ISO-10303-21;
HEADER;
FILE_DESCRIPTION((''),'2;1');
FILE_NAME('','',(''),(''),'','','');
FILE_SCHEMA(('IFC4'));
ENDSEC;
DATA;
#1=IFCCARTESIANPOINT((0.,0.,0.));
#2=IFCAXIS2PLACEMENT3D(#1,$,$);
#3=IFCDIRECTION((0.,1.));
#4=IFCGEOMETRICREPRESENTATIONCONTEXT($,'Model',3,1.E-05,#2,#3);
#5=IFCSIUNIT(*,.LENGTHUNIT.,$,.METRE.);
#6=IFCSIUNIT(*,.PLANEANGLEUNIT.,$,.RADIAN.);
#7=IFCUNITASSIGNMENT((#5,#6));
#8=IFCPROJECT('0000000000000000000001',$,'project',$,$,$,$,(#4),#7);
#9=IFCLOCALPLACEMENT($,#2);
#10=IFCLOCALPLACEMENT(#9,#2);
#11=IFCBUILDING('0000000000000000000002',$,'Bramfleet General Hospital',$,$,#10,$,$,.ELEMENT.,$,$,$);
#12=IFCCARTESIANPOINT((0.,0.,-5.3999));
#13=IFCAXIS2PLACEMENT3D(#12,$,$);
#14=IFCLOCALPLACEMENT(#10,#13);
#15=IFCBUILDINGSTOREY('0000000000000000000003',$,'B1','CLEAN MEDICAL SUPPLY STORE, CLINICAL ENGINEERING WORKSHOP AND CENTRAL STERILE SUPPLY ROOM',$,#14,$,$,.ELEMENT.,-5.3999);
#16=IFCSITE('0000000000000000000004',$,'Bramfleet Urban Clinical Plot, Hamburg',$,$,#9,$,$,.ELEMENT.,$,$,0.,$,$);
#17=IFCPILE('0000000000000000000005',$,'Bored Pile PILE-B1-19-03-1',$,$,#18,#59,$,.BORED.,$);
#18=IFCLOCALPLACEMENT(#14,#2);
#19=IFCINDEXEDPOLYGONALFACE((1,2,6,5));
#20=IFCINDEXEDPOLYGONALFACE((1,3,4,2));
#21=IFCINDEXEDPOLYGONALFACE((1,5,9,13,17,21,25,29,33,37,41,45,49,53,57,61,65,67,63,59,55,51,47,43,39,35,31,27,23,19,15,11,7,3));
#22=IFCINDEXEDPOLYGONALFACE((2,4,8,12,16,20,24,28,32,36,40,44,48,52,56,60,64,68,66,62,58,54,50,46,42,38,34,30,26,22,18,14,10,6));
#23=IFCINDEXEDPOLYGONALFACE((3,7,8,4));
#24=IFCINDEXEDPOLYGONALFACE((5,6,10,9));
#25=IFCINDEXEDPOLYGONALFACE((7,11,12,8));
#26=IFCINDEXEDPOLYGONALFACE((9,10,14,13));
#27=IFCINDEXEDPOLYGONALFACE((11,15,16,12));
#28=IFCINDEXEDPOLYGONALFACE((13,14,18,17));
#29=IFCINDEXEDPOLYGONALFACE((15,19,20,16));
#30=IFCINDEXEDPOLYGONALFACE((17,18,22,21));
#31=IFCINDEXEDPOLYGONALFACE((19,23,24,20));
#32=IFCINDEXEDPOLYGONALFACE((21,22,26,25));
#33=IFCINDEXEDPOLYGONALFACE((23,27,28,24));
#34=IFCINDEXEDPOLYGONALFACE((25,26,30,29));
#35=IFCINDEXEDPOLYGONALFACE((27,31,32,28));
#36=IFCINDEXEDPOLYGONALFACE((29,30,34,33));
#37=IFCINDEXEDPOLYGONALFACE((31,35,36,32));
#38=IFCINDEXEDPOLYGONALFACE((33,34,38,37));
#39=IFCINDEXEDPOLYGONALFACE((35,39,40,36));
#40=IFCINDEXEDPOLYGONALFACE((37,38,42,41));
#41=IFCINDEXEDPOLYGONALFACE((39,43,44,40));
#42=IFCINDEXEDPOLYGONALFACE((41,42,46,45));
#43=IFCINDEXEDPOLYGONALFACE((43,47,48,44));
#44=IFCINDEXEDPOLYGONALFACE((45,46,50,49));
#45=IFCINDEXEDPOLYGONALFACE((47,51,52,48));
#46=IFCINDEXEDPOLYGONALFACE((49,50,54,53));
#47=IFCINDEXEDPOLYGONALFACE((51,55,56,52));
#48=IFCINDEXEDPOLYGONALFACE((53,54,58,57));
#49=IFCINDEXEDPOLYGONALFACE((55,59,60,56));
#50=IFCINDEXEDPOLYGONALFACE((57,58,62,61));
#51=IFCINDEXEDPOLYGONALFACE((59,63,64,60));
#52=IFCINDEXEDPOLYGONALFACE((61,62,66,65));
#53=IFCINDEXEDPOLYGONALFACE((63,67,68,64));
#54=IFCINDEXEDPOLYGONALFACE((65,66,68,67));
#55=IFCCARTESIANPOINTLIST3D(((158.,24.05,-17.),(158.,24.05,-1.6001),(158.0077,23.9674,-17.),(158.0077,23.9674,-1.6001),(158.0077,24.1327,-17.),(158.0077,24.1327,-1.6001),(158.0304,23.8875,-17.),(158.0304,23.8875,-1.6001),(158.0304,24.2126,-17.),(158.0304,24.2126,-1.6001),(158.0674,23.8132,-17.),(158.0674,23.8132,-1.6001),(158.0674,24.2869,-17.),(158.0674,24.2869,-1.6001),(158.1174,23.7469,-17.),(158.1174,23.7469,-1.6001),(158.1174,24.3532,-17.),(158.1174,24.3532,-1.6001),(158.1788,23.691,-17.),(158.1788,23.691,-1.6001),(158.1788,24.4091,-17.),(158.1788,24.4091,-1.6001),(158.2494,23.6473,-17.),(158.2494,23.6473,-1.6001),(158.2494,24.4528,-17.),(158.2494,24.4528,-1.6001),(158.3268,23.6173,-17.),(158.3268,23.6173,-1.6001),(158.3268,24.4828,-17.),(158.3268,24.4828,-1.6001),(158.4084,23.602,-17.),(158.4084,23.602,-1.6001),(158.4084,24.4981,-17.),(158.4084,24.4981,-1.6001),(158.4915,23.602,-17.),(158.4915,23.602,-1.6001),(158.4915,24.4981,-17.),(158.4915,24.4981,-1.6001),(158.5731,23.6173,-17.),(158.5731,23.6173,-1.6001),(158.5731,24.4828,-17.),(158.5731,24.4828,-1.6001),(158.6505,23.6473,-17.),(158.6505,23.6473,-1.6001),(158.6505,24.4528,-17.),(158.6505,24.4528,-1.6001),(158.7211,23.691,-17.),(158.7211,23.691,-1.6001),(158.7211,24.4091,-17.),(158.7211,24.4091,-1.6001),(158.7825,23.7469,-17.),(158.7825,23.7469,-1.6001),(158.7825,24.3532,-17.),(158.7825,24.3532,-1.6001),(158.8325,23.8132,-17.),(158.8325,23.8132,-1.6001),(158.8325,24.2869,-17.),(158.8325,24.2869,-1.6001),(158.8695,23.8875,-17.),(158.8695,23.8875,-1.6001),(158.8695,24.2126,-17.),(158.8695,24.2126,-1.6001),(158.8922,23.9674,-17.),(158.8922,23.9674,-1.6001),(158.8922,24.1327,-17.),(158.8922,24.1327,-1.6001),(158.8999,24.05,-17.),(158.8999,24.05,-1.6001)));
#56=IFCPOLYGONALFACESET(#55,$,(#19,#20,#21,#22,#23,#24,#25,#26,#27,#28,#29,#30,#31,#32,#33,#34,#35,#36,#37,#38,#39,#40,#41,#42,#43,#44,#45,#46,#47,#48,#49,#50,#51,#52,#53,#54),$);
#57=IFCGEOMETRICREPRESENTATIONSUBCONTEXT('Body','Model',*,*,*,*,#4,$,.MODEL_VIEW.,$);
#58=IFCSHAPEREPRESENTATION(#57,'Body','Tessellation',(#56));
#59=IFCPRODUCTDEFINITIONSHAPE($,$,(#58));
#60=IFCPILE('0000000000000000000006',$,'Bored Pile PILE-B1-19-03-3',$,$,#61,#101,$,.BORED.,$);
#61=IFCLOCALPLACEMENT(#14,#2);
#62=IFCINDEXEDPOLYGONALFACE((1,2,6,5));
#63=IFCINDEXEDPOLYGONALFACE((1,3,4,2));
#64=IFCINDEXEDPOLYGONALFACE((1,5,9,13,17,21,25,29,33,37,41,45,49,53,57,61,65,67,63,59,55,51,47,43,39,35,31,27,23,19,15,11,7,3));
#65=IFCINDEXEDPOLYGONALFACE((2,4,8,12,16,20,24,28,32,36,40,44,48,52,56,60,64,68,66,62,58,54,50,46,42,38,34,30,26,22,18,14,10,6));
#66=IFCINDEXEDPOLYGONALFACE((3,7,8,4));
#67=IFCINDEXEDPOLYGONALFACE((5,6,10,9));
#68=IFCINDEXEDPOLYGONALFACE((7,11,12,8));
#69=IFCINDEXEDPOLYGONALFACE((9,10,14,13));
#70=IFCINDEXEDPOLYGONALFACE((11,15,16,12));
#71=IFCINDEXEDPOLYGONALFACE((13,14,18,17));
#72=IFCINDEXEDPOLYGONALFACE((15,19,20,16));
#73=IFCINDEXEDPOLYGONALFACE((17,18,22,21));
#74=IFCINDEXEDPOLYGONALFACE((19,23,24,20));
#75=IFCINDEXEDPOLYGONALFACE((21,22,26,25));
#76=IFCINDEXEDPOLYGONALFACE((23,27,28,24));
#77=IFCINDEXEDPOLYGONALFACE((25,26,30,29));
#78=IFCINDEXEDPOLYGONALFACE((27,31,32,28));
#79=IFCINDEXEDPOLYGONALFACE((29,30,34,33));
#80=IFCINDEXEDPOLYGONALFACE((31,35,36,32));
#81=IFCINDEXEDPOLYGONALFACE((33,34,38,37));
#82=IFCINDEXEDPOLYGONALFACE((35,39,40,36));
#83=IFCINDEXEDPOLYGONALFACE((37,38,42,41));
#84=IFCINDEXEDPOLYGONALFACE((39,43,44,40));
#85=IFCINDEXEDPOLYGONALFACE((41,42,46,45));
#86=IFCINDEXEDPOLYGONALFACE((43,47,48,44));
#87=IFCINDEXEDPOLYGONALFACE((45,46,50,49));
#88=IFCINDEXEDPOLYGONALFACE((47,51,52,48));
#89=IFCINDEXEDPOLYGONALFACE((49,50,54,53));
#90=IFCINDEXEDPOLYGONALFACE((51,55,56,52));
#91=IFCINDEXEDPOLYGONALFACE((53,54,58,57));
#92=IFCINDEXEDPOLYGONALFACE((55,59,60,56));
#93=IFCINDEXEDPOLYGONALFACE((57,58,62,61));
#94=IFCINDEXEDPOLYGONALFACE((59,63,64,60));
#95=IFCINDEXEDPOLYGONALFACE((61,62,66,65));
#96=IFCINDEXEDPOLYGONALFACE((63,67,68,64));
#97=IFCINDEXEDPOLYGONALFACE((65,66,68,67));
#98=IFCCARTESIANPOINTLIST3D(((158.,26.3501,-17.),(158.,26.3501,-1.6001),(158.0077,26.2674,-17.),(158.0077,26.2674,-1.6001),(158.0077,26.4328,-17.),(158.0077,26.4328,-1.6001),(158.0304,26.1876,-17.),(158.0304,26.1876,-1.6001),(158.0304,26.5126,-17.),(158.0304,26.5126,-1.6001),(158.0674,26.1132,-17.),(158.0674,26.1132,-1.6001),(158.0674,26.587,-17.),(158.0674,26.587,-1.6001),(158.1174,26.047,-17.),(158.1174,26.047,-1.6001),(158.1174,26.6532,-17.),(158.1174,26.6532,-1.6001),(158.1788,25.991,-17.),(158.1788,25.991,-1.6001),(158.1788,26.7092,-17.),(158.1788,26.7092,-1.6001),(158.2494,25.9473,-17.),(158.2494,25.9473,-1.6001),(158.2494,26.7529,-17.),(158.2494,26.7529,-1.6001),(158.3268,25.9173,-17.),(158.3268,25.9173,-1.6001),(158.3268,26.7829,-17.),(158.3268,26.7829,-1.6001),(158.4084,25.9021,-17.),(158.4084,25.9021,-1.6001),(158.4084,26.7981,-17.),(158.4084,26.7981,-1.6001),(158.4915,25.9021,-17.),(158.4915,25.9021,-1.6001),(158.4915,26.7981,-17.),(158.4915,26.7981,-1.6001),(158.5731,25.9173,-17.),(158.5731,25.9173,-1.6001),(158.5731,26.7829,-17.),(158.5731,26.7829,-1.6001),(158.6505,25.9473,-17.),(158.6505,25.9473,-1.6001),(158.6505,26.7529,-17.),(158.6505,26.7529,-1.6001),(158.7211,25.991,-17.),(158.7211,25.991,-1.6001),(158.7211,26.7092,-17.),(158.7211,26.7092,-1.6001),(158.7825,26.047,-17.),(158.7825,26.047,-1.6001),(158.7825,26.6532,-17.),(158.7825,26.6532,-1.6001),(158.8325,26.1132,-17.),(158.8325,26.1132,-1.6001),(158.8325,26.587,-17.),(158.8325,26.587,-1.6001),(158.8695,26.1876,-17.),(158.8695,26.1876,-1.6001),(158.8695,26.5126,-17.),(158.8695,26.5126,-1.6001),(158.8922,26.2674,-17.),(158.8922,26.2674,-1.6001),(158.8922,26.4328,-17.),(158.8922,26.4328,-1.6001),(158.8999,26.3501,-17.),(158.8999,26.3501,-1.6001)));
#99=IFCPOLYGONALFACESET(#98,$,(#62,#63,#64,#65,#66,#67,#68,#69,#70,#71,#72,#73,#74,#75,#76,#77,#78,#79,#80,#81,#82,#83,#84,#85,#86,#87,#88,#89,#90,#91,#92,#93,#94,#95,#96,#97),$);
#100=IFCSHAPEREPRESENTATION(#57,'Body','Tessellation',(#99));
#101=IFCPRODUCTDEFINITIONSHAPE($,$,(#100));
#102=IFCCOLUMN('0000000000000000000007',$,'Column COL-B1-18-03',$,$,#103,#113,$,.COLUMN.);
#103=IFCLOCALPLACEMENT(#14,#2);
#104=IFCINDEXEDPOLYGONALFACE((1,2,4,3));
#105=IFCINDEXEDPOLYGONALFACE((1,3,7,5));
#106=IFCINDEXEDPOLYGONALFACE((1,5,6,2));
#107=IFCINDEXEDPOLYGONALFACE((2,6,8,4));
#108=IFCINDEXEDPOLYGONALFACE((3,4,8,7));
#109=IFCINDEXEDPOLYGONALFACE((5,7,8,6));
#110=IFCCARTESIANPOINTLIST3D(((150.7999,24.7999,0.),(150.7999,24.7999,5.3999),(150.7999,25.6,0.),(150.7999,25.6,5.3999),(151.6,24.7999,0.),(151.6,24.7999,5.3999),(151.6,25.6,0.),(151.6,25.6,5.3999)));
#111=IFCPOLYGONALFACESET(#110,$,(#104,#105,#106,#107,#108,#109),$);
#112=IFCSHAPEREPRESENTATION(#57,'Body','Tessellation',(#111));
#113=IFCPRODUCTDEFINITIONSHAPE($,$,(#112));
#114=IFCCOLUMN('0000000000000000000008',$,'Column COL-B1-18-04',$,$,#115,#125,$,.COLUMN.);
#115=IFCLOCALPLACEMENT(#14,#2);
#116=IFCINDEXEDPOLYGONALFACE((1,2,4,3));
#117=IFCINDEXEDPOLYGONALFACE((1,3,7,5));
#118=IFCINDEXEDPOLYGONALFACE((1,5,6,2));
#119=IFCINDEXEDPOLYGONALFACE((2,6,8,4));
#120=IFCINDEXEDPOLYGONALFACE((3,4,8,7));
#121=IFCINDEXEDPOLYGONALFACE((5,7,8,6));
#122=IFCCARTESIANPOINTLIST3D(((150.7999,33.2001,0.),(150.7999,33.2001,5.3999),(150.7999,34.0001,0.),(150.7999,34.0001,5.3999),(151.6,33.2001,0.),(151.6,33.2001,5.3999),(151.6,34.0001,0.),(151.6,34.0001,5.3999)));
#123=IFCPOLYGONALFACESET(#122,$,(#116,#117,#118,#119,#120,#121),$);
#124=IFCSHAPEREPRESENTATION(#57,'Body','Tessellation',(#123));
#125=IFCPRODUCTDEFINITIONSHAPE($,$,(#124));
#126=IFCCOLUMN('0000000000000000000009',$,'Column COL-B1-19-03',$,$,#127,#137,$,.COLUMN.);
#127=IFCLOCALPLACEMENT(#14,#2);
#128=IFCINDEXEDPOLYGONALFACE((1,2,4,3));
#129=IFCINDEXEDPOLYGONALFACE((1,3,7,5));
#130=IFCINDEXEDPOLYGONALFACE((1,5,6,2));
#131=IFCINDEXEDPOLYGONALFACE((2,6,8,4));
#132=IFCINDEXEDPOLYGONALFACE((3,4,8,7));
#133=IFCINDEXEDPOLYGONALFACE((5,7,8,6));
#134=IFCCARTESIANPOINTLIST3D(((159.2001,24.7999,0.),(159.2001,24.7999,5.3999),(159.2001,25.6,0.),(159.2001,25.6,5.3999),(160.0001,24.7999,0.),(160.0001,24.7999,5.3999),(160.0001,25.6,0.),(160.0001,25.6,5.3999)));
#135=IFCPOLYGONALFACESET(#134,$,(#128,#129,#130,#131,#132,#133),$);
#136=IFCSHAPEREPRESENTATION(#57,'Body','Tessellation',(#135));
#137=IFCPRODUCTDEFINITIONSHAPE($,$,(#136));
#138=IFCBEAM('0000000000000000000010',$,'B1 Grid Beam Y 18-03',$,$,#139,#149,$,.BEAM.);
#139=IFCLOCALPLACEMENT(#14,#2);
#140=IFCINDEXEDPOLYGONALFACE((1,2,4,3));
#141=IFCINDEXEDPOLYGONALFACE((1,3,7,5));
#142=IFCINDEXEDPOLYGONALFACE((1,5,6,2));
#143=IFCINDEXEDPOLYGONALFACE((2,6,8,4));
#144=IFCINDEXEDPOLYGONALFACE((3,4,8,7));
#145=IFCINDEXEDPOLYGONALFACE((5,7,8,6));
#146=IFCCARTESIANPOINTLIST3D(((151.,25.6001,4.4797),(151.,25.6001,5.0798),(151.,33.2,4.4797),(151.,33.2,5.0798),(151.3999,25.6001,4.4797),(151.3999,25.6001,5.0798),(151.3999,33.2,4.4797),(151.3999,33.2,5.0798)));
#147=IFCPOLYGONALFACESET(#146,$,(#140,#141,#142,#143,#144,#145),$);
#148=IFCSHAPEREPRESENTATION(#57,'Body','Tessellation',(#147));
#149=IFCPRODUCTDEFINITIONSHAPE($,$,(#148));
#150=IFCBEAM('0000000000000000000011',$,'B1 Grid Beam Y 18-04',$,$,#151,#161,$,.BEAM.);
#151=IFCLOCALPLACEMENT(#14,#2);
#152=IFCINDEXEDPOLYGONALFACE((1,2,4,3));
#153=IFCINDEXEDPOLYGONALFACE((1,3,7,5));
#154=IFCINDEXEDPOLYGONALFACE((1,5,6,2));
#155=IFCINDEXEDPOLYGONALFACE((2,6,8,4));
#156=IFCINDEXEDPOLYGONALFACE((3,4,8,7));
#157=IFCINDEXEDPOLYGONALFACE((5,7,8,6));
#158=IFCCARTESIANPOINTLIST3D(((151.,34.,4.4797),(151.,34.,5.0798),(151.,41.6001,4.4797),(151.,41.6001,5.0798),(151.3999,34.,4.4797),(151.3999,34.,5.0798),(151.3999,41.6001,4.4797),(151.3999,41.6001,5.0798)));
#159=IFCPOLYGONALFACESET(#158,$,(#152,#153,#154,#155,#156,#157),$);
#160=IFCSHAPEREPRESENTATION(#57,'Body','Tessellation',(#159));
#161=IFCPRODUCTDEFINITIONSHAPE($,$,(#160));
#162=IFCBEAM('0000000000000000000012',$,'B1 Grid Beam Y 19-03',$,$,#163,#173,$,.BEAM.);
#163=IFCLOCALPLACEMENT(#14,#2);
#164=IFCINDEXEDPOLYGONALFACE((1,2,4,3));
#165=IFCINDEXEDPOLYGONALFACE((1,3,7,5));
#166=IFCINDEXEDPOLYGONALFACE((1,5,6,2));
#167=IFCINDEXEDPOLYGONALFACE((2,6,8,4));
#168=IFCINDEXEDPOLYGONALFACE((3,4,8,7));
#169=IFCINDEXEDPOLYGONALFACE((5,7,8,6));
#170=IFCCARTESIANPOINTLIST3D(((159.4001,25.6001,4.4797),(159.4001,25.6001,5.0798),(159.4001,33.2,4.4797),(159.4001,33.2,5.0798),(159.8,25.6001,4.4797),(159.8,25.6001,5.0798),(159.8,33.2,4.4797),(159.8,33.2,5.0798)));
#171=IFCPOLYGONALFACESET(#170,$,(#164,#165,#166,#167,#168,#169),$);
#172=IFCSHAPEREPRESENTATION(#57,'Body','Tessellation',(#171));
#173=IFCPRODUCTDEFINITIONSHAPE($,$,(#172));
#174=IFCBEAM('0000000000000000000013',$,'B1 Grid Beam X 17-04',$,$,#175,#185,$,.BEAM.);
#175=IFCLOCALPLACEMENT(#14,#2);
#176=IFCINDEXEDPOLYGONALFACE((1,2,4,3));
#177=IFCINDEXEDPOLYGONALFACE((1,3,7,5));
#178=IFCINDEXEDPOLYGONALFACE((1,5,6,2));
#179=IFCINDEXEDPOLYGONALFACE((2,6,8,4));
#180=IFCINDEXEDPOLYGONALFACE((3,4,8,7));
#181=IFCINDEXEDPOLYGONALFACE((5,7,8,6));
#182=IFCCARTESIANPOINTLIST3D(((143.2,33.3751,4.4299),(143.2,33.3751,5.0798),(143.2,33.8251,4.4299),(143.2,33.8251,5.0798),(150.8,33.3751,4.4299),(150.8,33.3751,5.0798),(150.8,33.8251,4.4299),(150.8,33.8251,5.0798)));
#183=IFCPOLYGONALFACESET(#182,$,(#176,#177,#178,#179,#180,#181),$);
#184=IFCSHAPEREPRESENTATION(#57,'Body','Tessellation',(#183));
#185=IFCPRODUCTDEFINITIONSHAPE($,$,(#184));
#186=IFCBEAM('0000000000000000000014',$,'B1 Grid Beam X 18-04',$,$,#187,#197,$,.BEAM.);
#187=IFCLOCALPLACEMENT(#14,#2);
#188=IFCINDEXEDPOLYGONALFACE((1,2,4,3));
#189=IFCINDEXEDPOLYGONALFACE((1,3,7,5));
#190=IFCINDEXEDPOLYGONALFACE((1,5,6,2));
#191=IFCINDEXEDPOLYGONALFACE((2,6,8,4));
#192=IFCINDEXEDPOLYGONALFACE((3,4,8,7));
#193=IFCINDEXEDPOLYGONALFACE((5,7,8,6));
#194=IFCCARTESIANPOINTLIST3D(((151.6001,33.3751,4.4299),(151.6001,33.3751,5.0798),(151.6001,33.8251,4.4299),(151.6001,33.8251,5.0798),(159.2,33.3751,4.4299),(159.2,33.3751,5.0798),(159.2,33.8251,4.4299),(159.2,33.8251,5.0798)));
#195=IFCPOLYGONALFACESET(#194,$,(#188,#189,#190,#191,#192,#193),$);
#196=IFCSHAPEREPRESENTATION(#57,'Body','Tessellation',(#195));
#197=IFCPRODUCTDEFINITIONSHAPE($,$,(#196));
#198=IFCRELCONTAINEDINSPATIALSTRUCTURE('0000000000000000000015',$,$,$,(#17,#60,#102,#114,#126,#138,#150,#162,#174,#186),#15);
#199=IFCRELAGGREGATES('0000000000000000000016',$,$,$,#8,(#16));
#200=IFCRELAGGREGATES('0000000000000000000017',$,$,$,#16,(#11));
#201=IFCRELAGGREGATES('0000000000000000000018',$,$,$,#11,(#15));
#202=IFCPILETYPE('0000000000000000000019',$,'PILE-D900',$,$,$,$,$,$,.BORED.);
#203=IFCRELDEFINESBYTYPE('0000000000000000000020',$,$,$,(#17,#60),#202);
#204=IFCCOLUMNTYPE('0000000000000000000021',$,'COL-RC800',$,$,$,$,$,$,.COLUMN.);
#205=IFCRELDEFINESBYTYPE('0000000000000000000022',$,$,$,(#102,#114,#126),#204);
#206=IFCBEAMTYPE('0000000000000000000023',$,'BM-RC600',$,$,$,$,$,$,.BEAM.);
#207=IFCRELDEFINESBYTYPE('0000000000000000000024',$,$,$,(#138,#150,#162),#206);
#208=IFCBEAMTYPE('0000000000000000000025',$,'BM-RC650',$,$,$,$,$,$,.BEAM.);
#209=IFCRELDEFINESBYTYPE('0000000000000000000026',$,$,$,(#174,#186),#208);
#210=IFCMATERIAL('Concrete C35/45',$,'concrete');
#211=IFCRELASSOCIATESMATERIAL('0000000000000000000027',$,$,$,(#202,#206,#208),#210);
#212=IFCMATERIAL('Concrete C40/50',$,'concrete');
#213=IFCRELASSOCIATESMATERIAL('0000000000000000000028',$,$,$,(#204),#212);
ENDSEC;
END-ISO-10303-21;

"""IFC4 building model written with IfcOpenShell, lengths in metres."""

from ifc_helpers import new_model, si_unit, direction, frame, origin, origin_2d, place, context, subcontext, project, spatial, rectangle, circle, extrude, material, material_profile, profile_set, type_object, element, save


model = new_model("IFC4")

# Units and contexts
model_context = context("Model", 3, precision=1e-05, world=origin(), true_north=direction((0.0, 1.0)))
body_context = subcontext(model_context, "Body", "Model", "MODEL_VIEW")
ifc_project = project(units=[si_unit("LENGTHUNIT", "METRE"), si_unit("PLANEANGLEUNIT", "RADIAN")], contexts=[model_context])

# Site, building, storey
site_placement = place(None, origin())
site = spatial("IfcSite", under=ifc_project, at=site_placement, Name="Bramfleet Urban Clinical Plot, Hamburg", CompositionType="ELEMENT", RefElevation=0.0)
building_placement = place(site_placement, origin())
building = spatial("IfcBuilding", under=site, at=building_placement, Name="Bramfleet General Hospital", CompositionType="ELEMENT")
storey_placement = place(building_placement, frame((0.0, 0.0, -5.3999)))
storey = spatial("IfcBuildingStorey", under=building, at=storey_placement, Name="B1", Description="CLEAN MEDICAL SUPPLY STORE, CLINICAL ENGINEERING WORKSHOP AND CENTRAL STERILE SUPPLY ROOM", CompositionType="ELEMENT", Elevation=-5.3999)

# Shared definitions
ifc_material_1 = material(Name="Concrete C35/45", Category="concrete")

# Piles
ifc_material_profile_1 = material_profile(ifc_material_1, circle(Radius=0.45, at=origin_2d()), Name="PILE BORED D900")
ifc_profile_set_1 = profile_set([ifc_material_profile_1], Name="Concrete C35/45")
pile_type_1 = type_object("IfcPileType", Name="PILE-D900", PredefinedType="BORED", material=ifc_profile_set_1)
for number, where, z_axis, x_axis, name in (
    (1, (158.45, 24.05, -1.6001), (0.0, 0.0, -1.0), (1.0, 0.0, 0.0), "Bored Pile PILE-B1-19-03-1"),
    (2, (158.45, 26.3501, -1.6001), (0.0, 0.0, -1.0), (1.0, 0.0, 0.0), "Bored Pile PILE-B1-19-03-3"),
):
    element("IfcPile", number, at=place(storey_placement, frame(where, z_axis=z_axis, x_axis=x_axis)), inside=storey, type_object=pile_type_1, Name=name, PredefinedType="BORED", context=body_context, shape_type="SweptSolid", body=[
        extrude(circle(Radius=0.45, at=origin_2d()), origin(), (0.0, 0.0, 1.0), 15.3999),
    ])

# Columns
ifc_material_2 = material(Name="Concrete C40/50", Category="concrete")
ifc_material_profile_2 = material_profile(ifc_material_2, rectangle(XDim=0.8, YDim=0.8, at=origin_2d()), Name="RC COL 800x800")
ifc_profile_set_2 = profile_set([ifc_material_profile_2], Name="Concrete C40/50")
column_type = type_object("IfcColumnType", Name="COL-RC800", PredefinedType="COLUMN", material=ifc_profile_set_2)
for number, where, z_axis, x_axis, name in (
    (3, (151.2, 25.2, 0.0), (0.0, 0.0, 1.0), (1.0, 0.0, 0.0), "Column COL-B1-18-03"),
    (4, (151.2, 33.6001, 0.0), (0.0, 0.0, 1.0), (1.0, 0.0, 0.0), "Column COL-B1-18-04"),
    (5, (159.6001, 25.2, 0.0), (0.0, 0.0, 1.0), (1.0, 0.0, 0.0), "Column COL-B1-19-03"),
):
    element("IfcColumn", number, at=place(storey_placement, frame(where, z_axis=z_axis, x_axis=x_axis)), inside=storey, type_object=column_type, Name=name, PredefinedType="COLUMN", context=body_context, shape_type="SweptSolid", body=[
        extrude(rectangle(XDim=0.8, YDim=0.8, at=origin_2d()), origin(), (0.0, 0.0, 1.0), 5.3999),
    ])

# Beams
ifc_material_profile_3 = material_profile(ifc_material_1, rectangle(XDim=0.3999, YDim=0.6001, at=origin_2d()), Name="RC BM 600x400")
ifc_profile_set_3 = profile_set([ifc_material_profile_3], Name="Concrete C35/45")
beam_type_1 = type_object("IfcBeamType", Name="BM-RC600", PredefinedType="BEAM", material=ifc_profile_set_3)
beam_1_placement = place(storey_placement, frame((151.2, 25.6001, 4.7798), z_axis=(0.0, 1.0, 0.0), x_axis=(-1.0, 0.0, 0.0)))
element("IfcBeam", 6, at=beam_1_placement, inside=storey, type_object=beam_type_1, Name="B1 Grid Beam Y 18-03", PredefinedType="BEAM", context=body_context, shape_type="SweptSolid", body=[
    extrude(rectangle(XDim=0.3999, YDim=0.6001, at=origin_2d()), origin(), (0.0, 0.0, 1.0), 7.5999),
])
beam_2_placement = place(storey_placement, frame((151.2, 34.0, 4.7798), z_axis=(0.0, 1.0, 0.0), x_axis=(-1.0, 0.0, 0.0)))
element("IfcBeam", 7, at=beam_2_placement, inside=storey, type_object=beam_type_1, Name="B1 Grid Beam Y 18-04", PredefinedType="BEAM", context=body_context, shape_type="SweptSolid", body=[
    extrude(rectangle(XDim=0.3999, YDim=0.6001, at=origin_2d()), origin(), (0.0, 0.0, 1.0), 7.6001),
])
beam_3_placement = place(storey_placement, frame((159.6001, 25.6001, 4.7798), z_axis=(0.0, 1.0, 0.0), x_axis=(-1.0, 0.0, 0.0)))
element("IfcBeam", 8, at=beam_3_placement, inside=storey, type_object=beam_type_1, Name="B1 Grid Beam Y 19-03", PredefinedType="BEAM", context=body_context, shape_type="SweptSolid", body=[
    extrude(rectangle(XDim=0.3999, YDim=0.6001, at=origin_2d()), origin(), (0.0, 0.0, 1.0), 7.5999),
])
ifc_material_profile_4 = material_profile(ifc_material_1, rectangle(XDim=0.45, YDim=0.6499, at=origin_2d()), Name="RC BM 650x450")
ifc_profile_set_4 = profile_set([ifc_material_profile_4], Name="Concrete C35/45")
beam_type_2 = type_object("IfcBeamType", Name="BM-RC650", PredefinedType="BEAM", material=ifc_profile_set_4)
beam_4_placement = place(storey_placement, frame((143.2, 33.6001, 4.7549), z_axis=(1.0, 0.0, 0.0), x_axis=(0.0, 1.0, 0.0)))
element("IfcBeam", 9, at=beam_4_placement, inside=storey, type_object=beam_type_2, Name="B1 Grid Beam X 17-04", PredefinedType="BEAM", context=body_context, shape_type="SweptSolid", body=[
    extrude(rectangle(XDim=0.45, YDim=0.6499, at=origin_2d()), origin(), (0.0, 0.0, 1.0), 7.6001),
])
beam_5_placement = place(storey_placement, frame((151.6001, 33.6001, 4.7549), z_axis=(1.0, 0.0, 0.0), x_axis=(0.0, 1.0, 0.0)))
element("IfcBeam", 10, at=beam_5_placement, inside=storey, type_object=beam_type_2, Name="B1 Grid Beam X 18-04", PredefinedType="BEAM", context=body_context, shape_type="SweptSolid", body=[
    extrude(rectangle(XDim=0.45, YDim=0.6499, at=origin_2d()), origin(), (0.0, 0.0, 1.0), 7.5999),
])

save(model, "model.ifc")
